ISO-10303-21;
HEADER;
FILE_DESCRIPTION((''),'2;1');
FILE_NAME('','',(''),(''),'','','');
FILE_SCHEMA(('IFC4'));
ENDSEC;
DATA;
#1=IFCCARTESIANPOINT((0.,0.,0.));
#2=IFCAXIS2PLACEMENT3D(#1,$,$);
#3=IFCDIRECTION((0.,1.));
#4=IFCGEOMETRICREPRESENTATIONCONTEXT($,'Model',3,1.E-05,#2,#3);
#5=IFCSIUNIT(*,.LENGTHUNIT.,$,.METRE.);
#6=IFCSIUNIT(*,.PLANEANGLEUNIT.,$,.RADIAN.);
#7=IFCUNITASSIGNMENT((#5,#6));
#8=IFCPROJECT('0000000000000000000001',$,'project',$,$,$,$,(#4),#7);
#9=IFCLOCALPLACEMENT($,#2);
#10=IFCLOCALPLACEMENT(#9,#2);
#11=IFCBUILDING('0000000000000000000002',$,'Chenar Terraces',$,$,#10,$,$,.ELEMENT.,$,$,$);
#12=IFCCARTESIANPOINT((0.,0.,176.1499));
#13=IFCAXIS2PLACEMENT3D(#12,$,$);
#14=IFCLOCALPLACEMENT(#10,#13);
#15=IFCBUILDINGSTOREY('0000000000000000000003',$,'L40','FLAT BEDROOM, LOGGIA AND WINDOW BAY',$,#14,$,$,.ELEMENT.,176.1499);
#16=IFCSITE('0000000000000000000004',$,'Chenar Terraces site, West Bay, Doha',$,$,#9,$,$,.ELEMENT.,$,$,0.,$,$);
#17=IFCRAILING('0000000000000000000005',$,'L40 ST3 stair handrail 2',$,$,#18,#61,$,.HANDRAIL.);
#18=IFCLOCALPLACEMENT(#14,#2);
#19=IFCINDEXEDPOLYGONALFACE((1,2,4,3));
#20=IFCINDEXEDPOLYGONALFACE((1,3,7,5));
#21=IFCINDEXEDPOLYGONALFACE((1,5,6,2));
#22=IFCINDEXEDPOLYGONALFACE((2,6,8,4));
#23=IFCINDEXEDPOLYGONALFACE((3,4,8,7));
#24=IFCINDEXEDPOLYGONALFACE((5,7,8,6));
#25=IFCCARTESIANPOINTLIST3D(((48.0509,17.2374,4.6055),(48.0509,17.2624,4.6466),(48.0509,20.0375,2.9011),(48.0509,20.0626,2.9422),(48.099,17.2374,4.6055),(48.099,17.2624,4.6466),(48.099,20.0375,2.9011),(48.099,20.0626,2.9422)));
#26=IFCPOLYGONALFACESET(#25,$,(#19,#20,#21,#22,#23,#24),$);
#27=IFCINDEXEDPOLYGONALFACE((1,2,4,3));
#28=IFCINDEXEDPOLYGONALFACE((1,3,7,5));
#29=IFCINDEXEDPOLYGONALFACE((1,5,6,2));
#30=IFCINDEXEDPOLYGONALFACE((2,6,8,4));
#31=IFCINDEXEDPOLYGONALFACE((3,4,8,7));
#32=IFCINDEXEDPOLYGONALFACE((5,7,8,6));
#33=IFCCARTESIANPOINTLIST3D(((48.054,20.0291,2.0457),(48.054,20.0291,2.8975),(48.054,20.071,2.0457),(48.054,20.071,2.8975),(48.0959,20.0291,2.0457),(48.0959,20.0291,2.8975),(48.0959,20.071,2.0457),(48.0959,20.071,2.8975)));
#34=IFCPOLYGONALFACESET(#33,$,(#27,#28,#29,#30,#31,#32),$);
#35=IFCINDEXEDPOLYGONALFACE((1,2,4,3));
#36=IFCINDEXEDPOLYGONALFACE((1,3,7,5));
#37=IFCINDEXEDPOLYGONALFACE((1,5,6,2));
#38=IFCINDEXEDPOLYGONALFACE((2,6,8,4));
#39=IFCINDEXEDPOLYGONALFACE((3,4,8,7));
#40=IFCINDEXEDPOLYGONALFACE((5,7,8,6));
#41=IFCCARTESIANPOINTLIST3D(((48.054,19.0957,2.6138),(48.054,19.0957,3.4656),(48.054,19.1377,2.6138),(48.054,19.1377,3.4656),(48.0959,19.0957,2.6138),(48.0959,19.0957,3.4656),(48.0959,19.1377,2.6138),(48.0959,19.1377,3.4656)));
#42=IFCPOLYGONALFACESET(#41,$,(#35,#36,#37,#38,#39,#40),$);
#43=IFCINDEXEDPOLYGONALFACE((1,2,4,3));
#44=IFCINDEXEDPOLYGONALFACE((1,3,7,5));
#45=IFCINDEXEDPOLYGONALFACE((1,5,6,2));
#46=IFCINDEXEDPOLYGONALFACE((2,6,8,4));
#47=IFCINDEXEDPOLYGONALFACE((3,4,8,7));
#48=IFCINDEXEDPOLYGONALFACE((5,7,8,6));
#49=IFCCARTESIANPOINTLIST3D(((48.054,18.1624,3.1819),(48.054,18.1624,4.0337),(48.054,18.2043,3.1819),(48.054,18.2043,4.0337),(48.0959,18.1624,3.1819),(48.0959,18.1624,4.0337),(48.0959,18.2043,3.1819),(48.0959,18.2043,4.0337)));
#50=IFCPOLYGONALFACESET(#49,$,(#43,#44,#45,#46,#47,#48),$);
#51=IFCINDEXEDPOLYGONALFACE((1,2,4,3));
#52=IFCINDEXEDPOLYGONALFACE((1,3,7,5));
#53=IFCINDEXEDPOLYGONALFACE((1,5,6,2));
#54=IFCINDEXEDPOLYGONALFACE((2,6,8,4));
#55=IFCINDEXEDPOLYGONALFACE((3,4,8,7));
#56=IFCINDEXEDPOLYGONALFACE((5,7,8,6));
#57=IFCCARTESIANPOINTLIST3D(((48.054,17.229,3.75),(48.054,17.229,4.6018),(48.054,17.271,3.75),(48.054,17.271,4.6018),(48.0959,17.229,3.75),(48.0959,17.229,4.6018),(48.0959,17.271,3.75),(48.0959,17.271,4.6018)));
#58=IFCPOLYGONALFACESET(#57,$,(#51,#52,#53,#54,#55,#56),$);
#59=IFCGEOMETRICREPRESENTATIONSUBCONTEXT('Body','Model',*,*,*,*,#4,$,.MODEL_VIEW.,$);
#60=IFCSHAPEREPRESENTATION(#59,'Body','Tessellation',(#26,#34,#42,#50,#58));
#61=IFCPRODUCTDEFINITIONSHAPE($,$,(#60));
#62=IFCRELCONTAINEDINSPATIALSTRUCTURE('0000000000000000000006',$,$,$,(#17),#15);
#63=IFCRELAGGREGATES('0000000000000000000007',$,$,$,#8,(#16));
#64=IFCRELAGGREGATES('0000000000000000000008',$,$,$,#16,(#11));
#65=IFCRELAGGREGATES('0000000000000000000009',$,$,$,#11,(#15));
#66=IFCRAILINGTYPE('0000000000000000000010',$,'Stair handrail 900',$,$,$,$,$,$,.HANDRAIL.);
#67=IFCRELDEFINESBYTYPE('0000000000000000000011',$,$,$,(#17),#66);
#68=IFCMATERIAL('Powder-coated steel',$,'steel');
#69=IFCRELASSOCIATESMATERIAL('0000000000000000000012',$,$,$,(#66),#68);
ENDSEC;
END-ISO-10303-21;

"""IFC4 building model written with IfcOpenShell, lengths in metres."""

from ifc_helpers import new_model, si_unit, direction, frame, origin, origin_2d, place, context, subcontext, project, spatial, rectangle, extrude, material, type_object, element, save


model = new_model("IFC4")

# Units and contexts
model_context = context("Model", 3, precision=1e-05, world=origin(), true_north=direction((0.0, 1.0)))
body_context = subcontext(model_context, "Body", "Model", "MODEL_VIEW")
ifc_project = project(units=[si_unit("LENGTHUNIT", "METRE"), si_unit("PLANEANGLEUNIT", "RADIAN")], contexts=[model_context])

# Site, building, storey
site_placement = place(None, origin())
site = spatial("IfcSite", under=ifc_project, at=site_placement, Name="Chenar Terraces site, West Bay, Doha", CompositionType="ELEMENT", RefElevation=0.0)
building_placement = place(site_placement, origin())
building = spatial("IfcBuilding", under=site, at=building_placement, Name="Chenar Terraces", CompositionType="ELEMENT")
storey_placement = place(building_placement, frame((0.0, 0.0, 176.1499)))
storey = spatial("IfcBuildingStorey", under=building, at=storey_placement, Name="L40", Description="FLAT BEDROOM, LOGGIA AND WINDOW BAY", CompositionType="ELEMENT", Elevation=176.1499)

# Railing
ifc_material_1 = material(Name="Powder-coated steel", Category="steel")
railing_type_1 = type_object("IfcRailingType", Name="Stair handrail 900", PredefinedType="HANDRAIL", material=ifc_material_1)
railing_1_placement = place(storey_placement, frame((48.075, 20.05, 2.0457)))
element("IfcRailing", 1, at=railing_1_placement, inside=storey, type_object=railing_type_1, Name="L40 ST3 stair handrail 2", PredefinedType="HANDRAIL", context=body_context, shape_type="SweptSolid", body=[
    extrude(rectangle(XDim=0.0481, YDim=0.0481, at=origin_2d()), frame((0.0, 0.0, 0.876), z_axis=(0.0, -0.854203, 0.51994), x_axis=(1.0, 0.0, 0.0)), (0.0, 0.0, 1.0), 3.2781),
    extrude(rectangle(XDim=0.042, YDim=0.042, at=origin_2d()), origin(), (0.0, 0.0, 1.0), 0.8518),
    extrude(rectangle(XDim=0.042, YDim=0.042, at=origin_2d()), frame((0.0, -0.9333, 0.5681)), (0.0, 0.0, 1.0), 0.8518),
    extrude(rectangle(XDim=0.042, YDim=0.042, at=origin_2d()), frame((0.0, -1.8667, 1.1362)), (0.0, 0.0, 1.0), 0.8518),
    extrude(rectangle(XDim=0.042, YDim=0.042, at=origin_2d()), frame((0.0, -2.8, 1.7043)), (0.0, 0.0, 1.0), 0.8518),
])

save(model, "model.ifc")
